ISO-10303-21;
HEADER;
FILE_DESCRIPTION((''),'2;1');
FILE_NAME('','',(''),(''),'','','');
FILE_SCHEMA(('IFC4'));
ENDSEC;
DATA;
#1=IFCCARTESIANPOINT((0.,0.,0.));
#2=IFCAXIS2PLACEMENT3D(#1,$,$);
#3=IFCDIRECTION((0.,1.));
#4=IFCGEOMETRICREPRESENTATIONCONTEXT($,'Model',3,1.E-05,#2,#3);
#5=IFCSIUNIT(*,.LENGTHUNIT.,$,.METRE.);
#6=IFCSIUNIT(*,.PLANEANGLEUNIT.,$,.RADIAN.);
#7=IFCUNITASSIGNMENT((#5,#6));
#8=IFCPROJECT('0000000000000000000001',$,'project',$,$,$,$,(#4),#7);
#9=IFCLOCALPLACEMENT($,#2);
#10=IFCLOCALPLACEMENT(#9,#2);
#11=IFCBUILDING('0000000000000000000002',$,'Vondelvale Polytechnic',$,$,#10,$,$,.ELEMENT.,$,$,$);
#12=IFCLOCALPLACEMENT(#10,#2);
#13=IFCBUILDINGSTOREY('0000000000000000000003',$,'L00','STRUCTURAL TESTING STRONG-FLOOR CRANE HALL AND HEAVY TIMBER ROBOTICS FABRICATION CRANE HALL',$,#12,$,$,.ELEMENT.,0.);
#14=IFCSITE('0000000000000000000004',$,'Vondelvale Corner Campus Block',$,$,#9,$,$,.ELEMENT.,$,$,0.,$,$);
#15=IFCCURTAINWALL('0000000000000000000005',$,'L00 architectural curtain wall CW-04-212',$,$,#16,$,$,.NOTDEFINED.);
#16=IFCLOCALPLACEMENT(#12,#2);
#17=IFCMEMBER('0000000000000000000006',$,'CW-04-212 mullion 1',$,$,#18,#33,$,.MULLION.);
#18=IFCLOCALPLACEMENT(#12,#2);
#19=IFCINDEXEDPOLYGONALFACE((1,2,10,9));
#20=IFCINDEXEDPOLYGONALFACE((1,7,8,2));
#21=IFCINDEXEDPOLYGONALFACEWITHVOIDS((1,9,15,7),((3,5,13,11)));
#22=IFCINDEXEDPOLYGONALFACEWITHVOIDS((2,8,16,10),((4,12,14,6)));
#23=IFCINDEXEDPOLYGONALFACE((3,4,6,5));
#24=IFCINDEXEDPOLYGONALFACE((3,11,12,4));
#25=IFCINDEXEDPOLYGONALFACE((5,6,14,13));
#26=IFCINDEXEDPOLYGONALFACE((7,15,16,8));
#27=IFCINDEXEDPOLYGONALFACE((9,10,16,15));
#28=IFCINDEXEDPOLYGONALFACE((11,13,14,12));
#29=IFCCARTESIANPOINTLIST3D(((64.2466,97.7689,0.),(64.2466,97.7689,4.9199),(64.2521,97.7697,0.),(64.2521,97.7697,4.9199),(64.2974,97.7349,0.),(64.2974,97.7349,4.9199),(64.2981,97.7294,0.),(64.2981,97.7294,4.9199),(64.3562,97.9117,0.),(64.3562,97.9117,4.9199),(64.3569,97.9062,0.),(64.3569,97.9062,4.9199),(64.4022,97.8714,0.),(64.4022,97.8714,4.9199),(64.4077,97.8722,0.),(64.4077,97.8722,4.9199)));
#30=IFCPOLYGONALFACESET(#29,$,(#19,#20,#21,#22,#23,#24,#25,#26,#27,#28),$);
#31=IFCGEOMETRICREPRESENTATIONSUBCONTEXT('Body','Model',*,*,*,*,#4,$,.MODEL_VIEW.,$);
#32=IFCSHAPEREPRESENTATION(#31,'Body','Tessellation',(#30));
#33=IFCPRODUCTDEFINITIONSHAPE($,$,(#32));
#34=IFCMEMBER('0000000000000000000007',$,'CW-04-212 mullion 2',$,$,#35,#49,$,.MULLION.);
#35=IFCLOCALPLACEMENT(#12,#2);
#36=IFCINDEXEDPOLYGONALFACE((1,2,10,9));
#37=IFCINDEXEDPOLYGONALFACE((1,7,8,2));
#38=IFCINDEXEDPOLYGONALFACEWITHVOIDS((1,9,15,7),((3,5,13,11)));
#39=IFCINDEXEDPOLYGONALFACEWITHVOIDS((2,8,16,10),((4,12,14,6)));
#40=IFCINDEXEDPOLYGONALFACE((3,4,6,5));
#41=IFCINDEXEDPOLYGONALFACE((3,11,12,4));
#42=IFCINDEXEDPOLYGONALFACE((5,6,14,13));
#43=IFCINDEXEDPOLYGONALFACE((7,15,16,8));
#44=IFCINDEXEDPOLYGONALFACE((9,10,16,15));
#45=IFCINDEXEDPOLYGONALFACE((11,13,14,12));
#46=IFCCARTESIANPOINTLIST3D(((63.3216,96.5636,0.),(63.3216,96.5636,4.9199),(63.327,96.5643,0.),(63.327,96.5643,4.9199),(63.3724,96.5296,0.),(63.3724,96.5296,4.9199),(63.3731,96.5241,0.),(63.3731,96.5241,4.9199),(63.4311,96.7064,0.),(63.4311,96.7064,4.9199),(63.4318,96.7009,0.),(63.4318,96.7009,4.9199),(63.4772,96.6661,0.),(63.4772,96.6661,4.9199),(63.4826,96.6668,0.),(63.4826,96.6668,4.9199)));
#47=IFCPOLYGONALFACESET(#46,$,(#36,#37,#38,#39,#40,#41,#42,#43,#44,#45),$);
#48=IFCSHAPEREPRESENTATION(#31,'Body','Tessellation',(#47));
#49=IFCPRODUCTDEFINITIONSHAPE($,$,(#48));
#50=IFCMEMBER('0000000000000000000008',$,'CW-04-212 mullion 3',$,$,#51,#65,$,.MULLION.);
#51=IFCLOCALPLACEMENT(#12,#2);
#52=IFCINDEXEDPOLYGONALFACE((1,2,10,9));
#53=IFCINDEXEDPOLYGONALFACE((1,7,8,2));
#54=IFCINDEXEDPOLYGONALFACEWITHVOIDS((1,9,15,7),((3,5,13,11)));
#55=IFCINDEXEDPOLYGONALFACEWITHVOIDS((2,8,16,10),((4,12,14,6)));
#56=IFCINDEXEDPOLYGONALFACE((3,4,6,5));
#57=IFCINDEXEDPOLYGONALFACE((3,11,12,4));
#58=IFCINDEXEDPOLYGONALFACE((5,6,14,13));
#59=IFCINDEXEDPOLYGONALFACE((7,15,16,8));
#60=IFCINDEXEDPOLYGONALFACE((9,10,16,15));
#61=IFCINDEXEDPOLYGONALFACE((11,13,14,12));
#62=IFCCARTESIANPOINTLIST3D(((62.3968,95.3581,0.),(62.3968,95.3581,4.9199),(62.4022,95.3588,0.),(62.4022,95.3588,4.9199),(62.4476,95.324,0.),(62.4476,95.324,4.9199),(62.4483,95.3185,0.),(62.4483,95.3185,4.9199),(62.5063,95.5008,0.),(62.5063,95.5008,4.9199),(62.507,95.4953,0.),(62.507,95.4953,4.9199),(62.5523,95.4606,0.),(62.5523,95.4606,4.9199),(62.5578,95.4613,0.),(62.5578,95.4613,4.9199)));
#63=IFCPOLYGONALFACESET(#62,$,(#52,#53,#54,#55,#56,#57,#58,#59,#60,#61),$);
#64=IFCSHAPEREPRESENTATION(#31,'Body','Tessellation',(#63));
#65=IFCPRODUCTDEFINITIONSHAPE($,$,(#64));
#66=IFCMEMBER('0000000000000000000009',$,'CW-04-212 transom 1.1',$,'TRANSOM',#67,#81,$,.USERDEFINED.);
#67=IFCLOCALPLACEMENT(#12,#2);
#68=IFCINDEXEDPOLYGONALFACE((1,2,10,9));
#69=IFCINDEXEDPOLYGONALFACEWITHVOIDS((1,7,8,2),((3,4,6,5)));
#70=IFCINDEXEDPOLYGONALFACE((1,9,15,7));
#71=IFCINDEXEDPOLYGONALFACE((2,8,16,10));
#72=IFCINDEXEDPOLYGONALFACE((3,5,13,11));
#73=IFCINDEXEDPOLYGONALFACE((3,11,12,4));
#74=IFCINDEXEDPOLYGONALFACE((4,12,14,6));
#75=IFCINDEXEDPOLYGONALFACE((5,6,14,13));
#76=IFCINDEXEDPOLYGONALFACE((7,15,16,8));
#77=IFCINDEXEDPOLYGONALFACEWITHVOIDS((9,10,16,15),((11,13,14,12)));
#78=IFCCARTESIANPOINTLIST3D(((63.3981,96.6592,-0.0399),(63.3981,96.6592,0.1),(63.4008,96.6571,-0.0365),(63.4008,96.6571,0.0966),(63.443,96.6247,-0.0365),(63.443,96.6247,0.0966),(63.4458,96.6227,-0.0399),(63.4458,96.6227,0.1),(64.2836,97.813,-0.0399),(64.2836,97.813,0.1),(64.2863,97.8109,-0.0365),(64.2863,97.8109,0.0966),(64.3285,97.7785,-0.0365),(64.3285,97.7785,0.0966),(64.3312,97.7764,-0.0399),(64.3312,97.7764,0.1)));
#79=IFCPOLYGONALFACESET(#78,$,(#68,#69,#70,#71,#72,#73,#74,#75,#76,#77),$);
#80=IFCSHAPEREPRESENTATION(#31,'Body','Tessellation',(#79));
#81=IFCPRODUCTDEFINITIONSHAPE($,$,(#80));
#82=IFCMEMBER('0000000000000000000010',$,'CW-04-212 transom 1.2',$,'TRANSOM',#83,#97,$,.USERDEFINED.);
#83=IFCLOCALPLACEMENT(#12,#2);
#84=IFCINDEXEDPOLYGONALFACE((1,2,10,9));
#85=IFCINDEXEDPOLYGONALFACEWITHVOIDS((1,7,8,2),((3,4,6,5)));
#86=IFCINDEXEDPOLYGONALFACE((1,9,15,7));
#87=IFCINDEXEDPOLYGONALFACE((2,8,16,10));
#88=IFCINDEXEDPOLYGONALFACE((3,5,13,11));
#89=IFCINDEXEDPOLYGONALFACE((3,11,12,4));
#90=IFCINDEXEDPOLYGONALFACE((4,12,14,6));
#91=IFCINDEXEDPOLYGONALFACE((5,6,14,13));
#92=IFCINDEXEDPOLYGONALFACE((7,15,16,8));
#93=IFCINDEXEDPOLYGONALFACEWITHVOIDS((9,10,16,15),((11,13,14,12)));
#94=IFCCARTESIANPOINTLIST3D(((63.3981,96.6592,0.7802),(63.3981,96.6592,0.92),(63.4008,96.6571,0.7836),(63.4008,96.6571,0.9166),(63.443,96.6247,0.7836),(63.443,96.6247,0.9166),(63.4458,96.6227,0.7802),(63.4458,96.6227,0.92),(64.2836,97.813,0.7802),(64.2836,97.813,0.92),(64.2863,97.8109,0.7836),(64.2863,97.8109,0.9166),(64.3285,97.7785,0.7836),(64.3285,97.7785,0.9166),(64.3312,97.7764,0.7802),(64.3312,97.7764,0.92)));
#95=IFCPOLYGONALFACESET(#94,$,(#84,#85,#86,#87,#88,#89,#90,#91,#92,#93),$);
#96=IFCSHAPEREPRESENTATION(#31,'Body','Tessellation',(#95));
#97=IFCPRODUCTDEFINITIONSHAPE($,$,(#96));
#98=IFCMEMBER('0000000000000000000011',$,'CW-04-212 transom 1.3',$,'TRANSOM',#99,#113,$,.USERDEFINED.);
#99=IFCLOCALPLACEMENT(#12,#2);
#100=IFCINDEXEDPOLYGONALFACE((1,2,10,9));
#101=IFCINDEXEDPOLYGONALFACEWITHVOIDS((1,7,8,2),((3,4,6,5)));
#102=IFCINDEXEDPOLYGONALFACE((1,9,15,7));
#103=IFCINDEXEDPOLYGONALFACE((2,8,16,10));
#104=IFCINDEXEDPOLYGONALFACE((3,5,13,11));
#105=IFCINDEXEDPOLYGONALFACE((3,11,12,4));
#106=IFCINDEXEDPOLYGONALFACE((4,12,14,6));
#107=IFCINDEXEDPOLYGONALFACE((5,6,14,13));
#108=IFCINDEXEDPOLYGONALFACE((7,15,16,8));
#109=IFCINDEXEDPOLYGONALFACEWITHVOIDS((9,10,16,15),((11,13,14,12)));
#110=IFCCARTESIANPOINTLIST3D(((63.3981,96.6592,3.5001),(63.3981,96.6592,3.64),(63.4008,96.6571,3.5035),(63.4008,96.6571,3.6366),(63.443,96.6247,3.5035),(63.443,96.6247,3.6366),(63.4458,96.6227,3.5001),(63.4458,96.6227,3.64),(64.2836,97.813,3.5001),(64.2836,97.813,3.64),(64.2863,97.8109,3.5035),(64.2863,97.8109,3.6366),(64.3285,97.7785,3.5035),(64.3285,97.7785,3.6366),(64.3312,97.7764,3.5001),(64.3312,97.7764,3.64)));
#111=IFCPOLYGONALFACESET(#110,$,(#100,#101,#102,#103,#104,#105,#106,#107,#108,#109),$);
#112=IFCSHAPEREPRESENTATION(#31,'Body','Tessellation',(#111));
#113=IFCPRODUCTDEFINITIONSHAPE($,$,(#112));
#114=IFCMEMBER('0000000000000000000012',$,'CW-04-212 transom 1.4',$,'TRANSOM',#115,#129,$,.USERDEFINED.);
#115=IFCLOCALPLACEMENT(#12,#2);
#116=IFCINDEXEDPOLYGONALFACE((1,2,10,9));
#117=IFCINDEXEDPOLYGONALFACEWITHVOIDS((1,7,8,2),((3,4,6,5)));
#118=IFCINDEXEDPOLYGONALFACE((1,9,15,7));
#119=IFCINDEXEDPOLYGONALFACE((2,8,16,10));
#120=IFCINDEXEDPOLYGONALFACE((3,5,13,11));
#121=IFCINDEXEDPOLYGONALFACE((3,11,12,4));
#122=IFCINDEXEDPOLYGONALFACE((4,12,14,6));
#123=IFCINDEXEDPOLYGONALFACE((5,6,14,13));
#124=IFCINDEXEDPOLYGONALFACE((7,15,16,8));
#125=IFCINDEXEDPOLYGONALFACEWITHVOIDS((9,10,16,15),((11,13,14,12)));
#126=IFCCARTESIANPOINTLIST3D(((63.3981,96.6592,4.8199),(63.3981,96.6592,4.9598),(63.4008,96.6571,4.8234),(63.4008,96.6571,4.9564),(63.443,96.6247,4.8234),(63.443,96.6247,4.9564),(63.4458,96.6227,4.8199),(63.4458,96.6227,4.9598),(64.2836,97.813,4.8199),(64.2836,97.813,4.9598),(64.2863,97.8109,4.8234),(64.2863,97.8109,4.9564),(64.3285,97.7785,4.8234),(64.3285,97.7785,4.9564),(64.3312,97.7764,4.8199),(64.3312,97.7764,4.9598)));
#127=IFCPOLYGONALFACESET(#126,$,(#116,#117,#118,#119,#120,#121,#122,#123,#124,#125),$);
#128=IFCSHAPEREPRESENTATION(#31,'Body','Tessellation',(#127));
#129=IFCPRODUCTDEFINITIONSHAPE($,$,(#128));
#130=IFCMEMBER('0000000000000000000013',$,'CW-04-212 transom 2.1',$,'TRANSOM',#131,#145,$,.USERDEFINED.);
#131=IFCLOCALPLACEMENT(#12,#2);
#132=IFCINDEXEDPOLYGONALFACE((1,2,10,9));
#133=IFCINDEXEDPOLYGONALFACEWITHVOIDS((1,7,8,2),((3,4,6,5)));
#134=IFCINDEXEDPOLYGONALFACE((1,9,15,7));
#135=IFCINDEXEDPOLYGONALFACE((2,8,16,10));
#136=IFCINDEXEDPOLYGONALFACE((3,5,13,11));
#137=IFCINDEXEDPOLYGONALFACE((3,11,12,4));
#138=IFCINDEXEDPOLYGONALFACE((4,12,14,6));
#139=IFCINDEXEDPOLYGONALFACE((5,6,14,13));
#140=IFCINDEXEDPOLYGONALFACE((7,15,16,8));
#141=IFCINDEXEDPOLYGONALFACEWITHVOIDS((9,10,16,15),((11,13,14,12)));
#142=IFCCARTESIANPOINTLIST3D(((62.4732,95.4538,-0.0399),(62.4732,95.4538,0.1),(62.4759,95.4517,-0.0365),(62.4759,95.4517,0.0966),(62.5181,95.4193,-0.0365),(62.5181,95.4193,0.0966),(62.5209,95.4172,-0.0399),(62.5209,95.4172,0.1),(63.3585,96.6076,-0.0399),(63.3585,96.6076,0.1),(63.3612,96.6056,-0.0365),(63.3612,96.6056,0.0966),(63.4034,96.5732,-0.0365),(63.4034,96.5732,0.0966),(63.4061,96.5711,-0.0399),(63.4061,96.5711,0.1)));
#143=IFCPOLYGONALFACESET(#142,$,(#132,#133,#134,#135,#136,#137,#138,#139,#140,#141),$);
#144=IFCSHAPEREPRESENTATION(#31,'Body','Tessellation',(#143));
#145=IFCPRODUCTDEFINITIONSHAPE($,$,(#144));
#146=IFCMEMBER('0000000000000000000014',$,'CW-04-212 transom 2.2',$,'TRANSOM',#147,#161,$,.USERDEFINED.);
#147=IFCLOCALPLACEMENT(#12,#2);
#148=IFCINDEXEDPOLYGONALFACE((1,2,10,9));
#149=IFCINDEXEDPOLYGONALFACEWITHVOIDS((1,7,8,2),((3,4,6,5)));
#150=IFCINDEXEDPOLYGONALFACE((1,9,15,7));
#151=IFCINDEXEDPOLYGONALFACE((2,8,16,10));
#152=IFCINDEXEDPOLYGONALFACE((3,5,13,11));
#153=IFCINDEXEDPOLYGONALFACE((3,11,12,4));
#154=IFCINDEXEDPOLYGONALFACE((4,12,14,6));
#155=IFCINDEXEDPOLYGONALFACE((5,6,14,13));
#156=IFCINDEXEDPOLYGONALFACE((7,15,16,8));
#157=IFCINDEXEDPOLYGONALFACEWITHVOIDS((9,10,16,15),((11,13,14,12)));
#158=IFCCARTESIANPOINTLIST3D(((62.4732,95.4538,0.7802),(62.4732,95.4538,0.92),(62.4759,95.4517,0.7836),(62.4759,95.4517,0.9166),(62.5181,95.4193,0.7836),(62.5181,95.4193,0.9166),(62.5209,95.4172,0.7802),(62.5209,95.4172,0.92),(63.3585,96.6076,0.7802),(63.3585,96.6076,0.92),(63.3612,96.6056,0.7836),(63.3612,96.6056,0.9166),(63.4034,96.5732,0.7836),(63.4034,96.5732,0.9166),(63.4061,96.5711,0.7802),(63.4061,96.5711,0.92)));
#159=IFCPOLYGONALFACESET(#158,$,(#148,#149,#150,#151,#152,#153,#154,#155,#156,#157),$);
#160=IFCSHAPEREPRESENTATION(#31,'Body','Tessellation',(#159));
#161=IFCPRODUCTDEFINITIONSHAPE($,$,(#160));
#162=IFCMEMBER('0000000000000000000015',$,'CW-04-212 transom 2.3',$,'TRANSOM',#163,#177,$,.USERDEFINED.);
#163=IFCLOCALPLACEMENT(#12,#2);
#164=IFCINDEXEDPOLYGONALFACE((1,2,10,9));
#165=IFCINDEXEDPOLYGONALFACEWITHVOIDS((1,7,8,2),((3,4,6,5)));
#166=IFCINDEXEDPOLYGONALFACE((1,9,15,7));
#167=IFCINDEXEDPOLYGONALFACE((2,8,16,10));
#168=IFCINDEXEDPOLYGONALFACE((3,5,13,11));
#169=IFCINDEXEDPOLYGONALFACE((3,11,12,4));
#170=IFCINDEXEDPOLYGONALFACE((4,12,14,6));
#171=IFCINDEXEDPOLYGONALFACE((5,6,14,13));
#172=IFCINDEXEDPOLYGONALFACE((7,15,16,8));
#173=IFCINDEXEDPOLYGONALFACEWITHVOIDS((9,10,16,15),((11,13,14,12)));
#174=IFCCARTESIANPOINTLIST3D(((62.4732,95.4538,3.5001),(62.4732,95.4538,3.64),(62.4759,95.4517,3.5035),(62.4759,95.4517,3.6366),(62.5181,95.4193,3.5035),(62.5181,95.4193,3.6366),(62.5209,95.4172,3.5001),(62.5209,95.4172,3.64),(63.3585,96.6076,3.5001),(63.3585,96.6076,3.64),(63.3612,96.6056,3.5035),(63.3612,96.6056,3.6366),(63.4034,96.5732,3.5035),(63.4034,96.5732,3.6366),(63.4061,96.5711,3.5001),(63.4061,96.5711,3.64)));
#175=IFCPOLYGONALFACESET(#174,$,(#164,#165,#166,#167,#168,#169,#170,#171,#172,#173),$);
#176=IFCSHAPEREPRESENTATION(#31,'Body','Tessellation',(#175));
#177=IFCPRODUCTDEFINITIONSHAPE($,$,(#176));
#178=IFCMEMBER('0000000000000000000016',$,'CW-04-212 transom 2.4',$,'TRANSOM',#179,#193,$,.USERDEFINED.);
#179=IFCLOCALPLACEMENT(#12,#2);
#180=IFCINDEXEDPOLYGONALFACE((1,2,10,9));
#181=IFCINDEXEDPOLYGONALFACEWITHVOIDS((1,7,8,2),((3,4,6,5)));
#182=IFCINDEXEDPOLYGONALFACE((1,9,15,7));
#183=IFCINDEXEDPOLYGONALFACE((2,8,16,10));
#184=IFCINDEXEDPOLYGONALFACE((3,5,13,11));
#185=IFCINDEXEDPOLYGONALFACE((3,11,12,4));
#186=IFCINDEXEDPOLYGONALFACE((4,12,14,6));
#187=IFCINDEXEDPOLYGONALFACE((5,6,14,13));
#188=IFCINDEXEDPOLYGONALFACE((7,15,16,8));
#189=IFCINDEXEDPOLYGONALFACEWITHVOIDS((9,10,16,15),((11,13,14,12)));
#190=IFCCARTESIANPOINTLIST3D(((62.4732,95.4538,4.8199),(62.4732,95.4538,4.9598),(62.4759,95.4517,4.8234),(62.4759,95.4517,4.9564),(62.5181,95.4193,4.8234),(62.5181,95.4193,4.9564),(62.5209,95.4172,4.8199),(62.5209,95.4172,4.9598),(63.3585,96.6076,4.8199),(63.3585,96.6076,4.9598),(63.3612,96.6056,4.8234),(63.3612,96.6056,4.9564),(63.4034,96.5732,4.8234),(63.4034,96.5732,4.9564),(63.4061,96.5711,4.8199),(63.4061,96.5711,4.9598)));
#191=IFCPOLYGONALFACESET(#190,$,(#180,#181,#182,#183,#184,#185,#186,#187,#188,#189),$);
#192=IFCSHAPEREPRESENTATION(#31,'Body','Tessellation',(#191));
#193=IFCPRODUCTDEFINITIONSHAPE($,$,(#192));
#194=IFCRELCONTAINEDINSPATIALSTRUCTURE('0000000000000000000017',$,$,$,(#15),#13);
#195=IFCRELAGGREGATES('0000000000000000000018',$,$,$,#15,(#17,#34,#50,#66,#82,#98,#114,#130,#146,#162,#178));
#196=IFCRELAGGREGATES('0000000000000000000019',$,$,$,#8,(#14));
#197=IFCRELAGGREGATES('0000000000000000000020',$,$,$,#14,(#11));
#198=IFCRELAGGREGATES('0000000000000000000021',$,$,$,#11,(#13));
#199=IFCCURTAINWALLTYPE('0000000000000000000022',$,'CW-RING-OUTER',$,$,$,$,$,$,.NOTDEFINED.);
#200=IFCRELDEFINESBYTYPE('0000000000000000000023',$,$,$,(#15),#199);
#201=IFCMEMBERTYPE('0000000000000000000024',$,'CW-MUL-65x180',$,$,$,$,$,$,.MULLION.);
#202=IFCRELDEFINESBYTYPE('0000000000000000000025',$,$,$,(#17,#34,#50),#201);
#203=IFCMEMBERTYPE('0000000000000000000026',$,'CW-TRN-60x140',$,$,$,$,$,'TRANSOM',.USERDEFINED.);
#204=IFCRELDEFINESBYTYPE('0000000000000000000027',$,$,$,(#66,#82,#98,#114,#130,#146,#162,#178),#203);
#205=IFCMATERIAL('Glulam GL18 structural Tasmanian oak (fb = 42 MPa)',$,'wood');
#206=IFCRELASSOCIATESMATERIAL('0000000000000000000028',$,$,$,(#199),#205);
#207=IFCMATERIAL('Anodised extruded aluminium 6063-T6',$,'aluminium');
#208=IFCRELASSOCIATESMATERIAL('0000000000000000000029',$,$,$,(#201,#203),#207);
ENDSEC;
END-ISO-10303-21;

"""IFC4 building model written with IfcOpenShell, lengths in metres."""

from ifc_helpers import new_model, si_unit, direction, frame, origin, origin_2d, place, context, subcontext, project, spatial, hollow_rectangle, extrude, material, material_profile, profile_set, type_object, element, aggregate, save


model = new_model("IFC4")

# Units and contexts
model_context = context("Model", 3, precision=1e-05, world=origin(), true_north=direction((0.0, 1.0)))
body_context = subcontext(model_context, "Body", "Model", "MODEL_VIEW")
ifc_project = project(units=[si_unit("LENGTHUNIT", "METRE"), si_unit("PLANEANGLEUNIT", "RADIAN")], contexts=[model_context])

# Site, building, storey
site_placement = place(None, origin())
site = spatial("IfcSite", under=ifc_project, at=site_placement, Name="Vondelvale Corner Campus Block", CompositionType="ELEMENT", RefElevation=0.0)
building_placement = place(site_placement, origin())
building = spatial("IfcBuilding", under=site, at=building_placement, Name="Vondelvale Polytechnic", CompositionType="ELEMENT")
storey_placement = place(building_placement, origin())
storey = spatial("IfcBuildingStorey", under=building, at=storey_placement, Name="L00", Description="STRUCTURAL TESTING STRONG-FLOOR CRANE HALL AND HEAVY TIMBER ROBOTICS FABRICATION CRANE HALL", CompositionType="ELEMENT", Elevation=0.0)

# Shared definitions
ifc_material_1 = material(Name="Glulam GL18 structural Tasmanian oak (fb = 42 MPa)", Category="wood")

# Curtain wall, members
curtain_wall_type = type_object("IfcCurtainWallType", Name="CW-RING-OUTER", PredefinedType="NOTDEFINED", material=ifc_material_1)
curtain_wall_placement = place(storey_placement, origin())
curtain_wall = element("IfcCurtainWall", 1, at=curtain_wall_placement, inside=storey, type_object=curtain_wall_type, Name="L00 architectural curtain wall CW-04-212", PredefinedType="NOTDEFINED")
ifc_material_2 = material(Name="Anodised extruded aluminium 6063-T6", Category="aluminium")
ifc_material_profile_1 = material_profile(ifc_material_2, hollow_rectangle(XDim=0.0649, YDim=0.1799, WallThickness=0.0039, at=origin_2d()), Name="CW-MUL-180x65")
ifc_profile_set_1 = profile_set([ifc_material_profile_1], Name="Anodised extruded aluminium 6063-T6")
member_type_1 = type_object("IfcMemberType", Name="CW-MUL-65x180", PredefinedType="MULLION", material=ifc_profile_set_1)
member_1_placement = place(storey_placement, frame((64.3271, 97.8206, 0.0), z_axis=(0.0, 0.0, 1.0), x_axis=(0.793352, -0.608764, 0.0)))
member_1 = element("IfcMember", 2, at=member_1_placement, type_object=member_type_1, Name="CW-04-212 mullion 1", PredefinedType="MULLION", context=body_context, shape_type="SweptSolid", body=[
    extrude(hollow_rectangle(XDim=0.0649, YDim=0.1799, WallThickness=0.0039, at=origin_2d()), origin(), (0.0, 0.0, 1.0), 4.9199),
])
member_2_placement = place(storey_placement, frame((63.4021, 96.6152, 0.0), z_axis=(0.0, 0.0, 1.0), x_axis=(0.793352, -0.608764, 0.0)))
member_2 = element("IfcMember", 3, at=member_2_placement, type_object=member_type_1, Name="CW-04-212 mullion 2", PredefinedType="MULLION", context=body_context, shape_type="SweptSolid", body=[
    extrude(hollow_rectangle(XDim=0.0649, YDim=0.1799, WallThickness=0.0039, at=origin_2d()), origin(), (0.0, 0.0, 1.0), 4.9199),
])
member_3_placement = place(storey_placement, frame((62.4773, 95.4097, 0.0), z_axis=(0.0, 0.0, 1.0), x_axis=(0.793352, -0.608764, 0.0)))
member_3 = element("IfcMember", 4, at=member_3_placement, type_object=member_type_1, Name="CW-04-212 mullion 3", PredefinedType="MULLION", context=body_context, shape_type="SweptSolid", body=[
    extrude(hollow_rectangle(XDim=0.0649, YDim=0.1799, WallThickness=0.0039, at=origin_2d()), origin(), (0.0, 0.0, 1.0), 4.9199),
])
ifc_material_profile_2 = material_profile(ifc_material_2, hollow_rectangle(XDim=0.0601, YDim=0.1399, WallThickness=0.0034, at=origin_2d()), Name="CW-TRN-140x60")
ifc_profile_set_2 = profile_set([ifc_material_profile_2], Name="Anodised extruded aluminium 6063-T6")
member_type_2 = type_object("IfcMemberType", Name="CW-TRN-60x140", ElementType="TRANSOM", PredefinedType="USERDEFINED", material=ifc_profile_set_2)
member_4_placement = place(storey_placement, frame((64.3074, 97.7947, 0.03), z_axis=(-0.608826, -0.793304, 0.0), x_axis=(0.793304, -0.608826, 0.0)))
member_4 = element("IfcMember", 5, at=member_4_placement, type_object=member_type_2, Name="CW-04-212 transom 1.1", ObjectType="TRANSOM", PredefinedType="USERDEFINED", context=body_context, shape_type="SweptSolid", body=[
    extrude(hollow_rectangle(XDim=0.0601, YDim=0.1399, WallThickness=0.0034, at=origin_2d()), origin(), (0.0, 0.0, 1.0), 1.4543),
])
member_5_placement = place(storey_placement, frame((64.3074, 97.7947, 0.8501), z_axis=(-0.608826, -0.793304, 0.0), x_axis=(0.793304, -0.608826, 0.0)))
member_5 = element("IfcMember", 6, at=member_5_placement, type_object=member_type_2, Name="CW-04-212 transom 1.2", ObjectType="TRANSOM", PredefinedType="USERDEFINED", context=body_context, shape_type="SweptSolid", body=[
    extrude(hollow_rectangle(XDim=0.0601, YDim=0.1399, WallThickness=0.0034, at=origin_2d()), origin(), (0.0, 0.0, 1.0), 1.4543),
])
member_6_placement = place(storey_placement, frame((64.3074, 97.7947, 3.5701), z_axis=(-0.608826, -0.793304, 0.0), x_axis=(0.793304, -0.608826, 0.0)))
member_6 = element("IfcMember", 7, at=member_6_placement, type_object=member_type_2, Name="CW-04-212 transom 1.3", ObjectType="TRANSOM", PredefinedType="USERDEFINED", context=body_context, shape_type="SweptSolid", body=[
    extrude(hollow_rectangle(XDim=0.0601, YDim=0.1399, WallThickness=0.0034, at=origin_2d()), origin(), (0.0, 0.0, 1.0), 1.4543),
])
member_7_placement = place(storey_placement, frame((64.3074, 97.7947, 4.8899), z_axis=(-0.608826, -0.793304, 0.0), x_axis=(0.793304, -0.608826, 0.0)))
member_7 = element("IfcMember", 8, at=member_7_placement, type_object=member_type_2, Name="CW-04-212 transom 1.4", ObjectType="TRANSOM", PredefinedType="USERDEFINED", context=body_context, shape_type="SweptSolid", body=[
    extrude(hollow_rectangle(XDim=0.0601, YDim=0.1399, WallThickness=0.0034, at=origin_2d()), origin(), (0.0, 0.0, 1.0), 1.4543),
])
member_8_placement = place(storey_placement, frame((63.3823, 96.5894, 0.03), z_axis=(-0.608721, -0.793385, 0.0), x_axis=(0.793385, -0.608721, 0.0)))
member_8 = element("IfcMember", 9, at=member_8_placement, type_object=member_type_2, Name="CW-04-212 transom 2.1", ObjectType="TRANSOM", PredefinedType="USERDEFINED", context=body_context, shape_type="SweptSolid", body=[
    extrude(hollow_rectangle(XDim=0.0601, YDim=0.1399, WallThickness=0.0034, at=origin_2d()), origin(), (0.0, 0.0, 1.0), 1.4543),
])
member_9_placement = place(storey_placement, frame((63.3823, 96.5894, 0.8501), z_axis=(-0.608721, -0.793385, 0.0), x_axis=(0.793385, -0.608721, 0.0)))
member_9 = element("IfcMember", 10, at=member_9_placement, type_object=member_type_2, Name="CW-04-212 transom 2.2", ObjectType="TRANSOM", PredefinedType="USERDEFINED", context=body_context, shape_type="SweptSolid", body=[
    extrude(hollow_rectangle(XDim=0.0601, YDim=0.1399, WallThickness=0.0034, at=origin_2d()), origin(), (0.0, 0.0, 1.0), 1.4543),
])
member_10_placement = place(storey_placement, frame((63.3823, 96.5894, 3.5701), z_axis=(-0.608721, -0.793385, 0.0), x_axis=(0.793385, -0.608721, 0.0)))
member_10 = element("IfcMember", 11, at=member_10_placement, type_object=member_type_2, Name="CW-04-212 transom 2.3", ObjectType="TRANSOM", PredefinedType="USERDEFINED", context=body_context, shape_type="SweptSolid", body=[
    extrude(hollow_rectangle(XDim=0.0601, YDim=0.1399, WallThickness=0.0034, at=origin_2d()), origin(), (0.0, 0.0, 1.0), 1.4543),
])
member_11_placement = place(storey_placement, frame((63.3823, 96.5894, 4.8899), z_axis=(-0.608721, -0.793385, 0.0), x_axis=(0.793385, -0.608721, 0.0)))
member_11 = element("IfcMember", 12, at=member_11_placement, type_object=member_type_2, Name="CW-04-212 transom 2.4", ObjectType="TRANSOM", PredefinedType="USERDEFINED", context=body_context, shape_type="SweptSolid", body=[
    extrude(hollow_rectangle(XDim=0.0601, YDim=0.1399, WallThickness=0.0034, at=origin_2d()), origin(), (0.0, 0.0, 1.0), 1.4543),
])
aggregate(curtain_wall, [member_1, member_2, member_3, member_4, member_5, member_6, member_7, member_8, member_9, member_10, member_11])

save(model, "model.ifc")
